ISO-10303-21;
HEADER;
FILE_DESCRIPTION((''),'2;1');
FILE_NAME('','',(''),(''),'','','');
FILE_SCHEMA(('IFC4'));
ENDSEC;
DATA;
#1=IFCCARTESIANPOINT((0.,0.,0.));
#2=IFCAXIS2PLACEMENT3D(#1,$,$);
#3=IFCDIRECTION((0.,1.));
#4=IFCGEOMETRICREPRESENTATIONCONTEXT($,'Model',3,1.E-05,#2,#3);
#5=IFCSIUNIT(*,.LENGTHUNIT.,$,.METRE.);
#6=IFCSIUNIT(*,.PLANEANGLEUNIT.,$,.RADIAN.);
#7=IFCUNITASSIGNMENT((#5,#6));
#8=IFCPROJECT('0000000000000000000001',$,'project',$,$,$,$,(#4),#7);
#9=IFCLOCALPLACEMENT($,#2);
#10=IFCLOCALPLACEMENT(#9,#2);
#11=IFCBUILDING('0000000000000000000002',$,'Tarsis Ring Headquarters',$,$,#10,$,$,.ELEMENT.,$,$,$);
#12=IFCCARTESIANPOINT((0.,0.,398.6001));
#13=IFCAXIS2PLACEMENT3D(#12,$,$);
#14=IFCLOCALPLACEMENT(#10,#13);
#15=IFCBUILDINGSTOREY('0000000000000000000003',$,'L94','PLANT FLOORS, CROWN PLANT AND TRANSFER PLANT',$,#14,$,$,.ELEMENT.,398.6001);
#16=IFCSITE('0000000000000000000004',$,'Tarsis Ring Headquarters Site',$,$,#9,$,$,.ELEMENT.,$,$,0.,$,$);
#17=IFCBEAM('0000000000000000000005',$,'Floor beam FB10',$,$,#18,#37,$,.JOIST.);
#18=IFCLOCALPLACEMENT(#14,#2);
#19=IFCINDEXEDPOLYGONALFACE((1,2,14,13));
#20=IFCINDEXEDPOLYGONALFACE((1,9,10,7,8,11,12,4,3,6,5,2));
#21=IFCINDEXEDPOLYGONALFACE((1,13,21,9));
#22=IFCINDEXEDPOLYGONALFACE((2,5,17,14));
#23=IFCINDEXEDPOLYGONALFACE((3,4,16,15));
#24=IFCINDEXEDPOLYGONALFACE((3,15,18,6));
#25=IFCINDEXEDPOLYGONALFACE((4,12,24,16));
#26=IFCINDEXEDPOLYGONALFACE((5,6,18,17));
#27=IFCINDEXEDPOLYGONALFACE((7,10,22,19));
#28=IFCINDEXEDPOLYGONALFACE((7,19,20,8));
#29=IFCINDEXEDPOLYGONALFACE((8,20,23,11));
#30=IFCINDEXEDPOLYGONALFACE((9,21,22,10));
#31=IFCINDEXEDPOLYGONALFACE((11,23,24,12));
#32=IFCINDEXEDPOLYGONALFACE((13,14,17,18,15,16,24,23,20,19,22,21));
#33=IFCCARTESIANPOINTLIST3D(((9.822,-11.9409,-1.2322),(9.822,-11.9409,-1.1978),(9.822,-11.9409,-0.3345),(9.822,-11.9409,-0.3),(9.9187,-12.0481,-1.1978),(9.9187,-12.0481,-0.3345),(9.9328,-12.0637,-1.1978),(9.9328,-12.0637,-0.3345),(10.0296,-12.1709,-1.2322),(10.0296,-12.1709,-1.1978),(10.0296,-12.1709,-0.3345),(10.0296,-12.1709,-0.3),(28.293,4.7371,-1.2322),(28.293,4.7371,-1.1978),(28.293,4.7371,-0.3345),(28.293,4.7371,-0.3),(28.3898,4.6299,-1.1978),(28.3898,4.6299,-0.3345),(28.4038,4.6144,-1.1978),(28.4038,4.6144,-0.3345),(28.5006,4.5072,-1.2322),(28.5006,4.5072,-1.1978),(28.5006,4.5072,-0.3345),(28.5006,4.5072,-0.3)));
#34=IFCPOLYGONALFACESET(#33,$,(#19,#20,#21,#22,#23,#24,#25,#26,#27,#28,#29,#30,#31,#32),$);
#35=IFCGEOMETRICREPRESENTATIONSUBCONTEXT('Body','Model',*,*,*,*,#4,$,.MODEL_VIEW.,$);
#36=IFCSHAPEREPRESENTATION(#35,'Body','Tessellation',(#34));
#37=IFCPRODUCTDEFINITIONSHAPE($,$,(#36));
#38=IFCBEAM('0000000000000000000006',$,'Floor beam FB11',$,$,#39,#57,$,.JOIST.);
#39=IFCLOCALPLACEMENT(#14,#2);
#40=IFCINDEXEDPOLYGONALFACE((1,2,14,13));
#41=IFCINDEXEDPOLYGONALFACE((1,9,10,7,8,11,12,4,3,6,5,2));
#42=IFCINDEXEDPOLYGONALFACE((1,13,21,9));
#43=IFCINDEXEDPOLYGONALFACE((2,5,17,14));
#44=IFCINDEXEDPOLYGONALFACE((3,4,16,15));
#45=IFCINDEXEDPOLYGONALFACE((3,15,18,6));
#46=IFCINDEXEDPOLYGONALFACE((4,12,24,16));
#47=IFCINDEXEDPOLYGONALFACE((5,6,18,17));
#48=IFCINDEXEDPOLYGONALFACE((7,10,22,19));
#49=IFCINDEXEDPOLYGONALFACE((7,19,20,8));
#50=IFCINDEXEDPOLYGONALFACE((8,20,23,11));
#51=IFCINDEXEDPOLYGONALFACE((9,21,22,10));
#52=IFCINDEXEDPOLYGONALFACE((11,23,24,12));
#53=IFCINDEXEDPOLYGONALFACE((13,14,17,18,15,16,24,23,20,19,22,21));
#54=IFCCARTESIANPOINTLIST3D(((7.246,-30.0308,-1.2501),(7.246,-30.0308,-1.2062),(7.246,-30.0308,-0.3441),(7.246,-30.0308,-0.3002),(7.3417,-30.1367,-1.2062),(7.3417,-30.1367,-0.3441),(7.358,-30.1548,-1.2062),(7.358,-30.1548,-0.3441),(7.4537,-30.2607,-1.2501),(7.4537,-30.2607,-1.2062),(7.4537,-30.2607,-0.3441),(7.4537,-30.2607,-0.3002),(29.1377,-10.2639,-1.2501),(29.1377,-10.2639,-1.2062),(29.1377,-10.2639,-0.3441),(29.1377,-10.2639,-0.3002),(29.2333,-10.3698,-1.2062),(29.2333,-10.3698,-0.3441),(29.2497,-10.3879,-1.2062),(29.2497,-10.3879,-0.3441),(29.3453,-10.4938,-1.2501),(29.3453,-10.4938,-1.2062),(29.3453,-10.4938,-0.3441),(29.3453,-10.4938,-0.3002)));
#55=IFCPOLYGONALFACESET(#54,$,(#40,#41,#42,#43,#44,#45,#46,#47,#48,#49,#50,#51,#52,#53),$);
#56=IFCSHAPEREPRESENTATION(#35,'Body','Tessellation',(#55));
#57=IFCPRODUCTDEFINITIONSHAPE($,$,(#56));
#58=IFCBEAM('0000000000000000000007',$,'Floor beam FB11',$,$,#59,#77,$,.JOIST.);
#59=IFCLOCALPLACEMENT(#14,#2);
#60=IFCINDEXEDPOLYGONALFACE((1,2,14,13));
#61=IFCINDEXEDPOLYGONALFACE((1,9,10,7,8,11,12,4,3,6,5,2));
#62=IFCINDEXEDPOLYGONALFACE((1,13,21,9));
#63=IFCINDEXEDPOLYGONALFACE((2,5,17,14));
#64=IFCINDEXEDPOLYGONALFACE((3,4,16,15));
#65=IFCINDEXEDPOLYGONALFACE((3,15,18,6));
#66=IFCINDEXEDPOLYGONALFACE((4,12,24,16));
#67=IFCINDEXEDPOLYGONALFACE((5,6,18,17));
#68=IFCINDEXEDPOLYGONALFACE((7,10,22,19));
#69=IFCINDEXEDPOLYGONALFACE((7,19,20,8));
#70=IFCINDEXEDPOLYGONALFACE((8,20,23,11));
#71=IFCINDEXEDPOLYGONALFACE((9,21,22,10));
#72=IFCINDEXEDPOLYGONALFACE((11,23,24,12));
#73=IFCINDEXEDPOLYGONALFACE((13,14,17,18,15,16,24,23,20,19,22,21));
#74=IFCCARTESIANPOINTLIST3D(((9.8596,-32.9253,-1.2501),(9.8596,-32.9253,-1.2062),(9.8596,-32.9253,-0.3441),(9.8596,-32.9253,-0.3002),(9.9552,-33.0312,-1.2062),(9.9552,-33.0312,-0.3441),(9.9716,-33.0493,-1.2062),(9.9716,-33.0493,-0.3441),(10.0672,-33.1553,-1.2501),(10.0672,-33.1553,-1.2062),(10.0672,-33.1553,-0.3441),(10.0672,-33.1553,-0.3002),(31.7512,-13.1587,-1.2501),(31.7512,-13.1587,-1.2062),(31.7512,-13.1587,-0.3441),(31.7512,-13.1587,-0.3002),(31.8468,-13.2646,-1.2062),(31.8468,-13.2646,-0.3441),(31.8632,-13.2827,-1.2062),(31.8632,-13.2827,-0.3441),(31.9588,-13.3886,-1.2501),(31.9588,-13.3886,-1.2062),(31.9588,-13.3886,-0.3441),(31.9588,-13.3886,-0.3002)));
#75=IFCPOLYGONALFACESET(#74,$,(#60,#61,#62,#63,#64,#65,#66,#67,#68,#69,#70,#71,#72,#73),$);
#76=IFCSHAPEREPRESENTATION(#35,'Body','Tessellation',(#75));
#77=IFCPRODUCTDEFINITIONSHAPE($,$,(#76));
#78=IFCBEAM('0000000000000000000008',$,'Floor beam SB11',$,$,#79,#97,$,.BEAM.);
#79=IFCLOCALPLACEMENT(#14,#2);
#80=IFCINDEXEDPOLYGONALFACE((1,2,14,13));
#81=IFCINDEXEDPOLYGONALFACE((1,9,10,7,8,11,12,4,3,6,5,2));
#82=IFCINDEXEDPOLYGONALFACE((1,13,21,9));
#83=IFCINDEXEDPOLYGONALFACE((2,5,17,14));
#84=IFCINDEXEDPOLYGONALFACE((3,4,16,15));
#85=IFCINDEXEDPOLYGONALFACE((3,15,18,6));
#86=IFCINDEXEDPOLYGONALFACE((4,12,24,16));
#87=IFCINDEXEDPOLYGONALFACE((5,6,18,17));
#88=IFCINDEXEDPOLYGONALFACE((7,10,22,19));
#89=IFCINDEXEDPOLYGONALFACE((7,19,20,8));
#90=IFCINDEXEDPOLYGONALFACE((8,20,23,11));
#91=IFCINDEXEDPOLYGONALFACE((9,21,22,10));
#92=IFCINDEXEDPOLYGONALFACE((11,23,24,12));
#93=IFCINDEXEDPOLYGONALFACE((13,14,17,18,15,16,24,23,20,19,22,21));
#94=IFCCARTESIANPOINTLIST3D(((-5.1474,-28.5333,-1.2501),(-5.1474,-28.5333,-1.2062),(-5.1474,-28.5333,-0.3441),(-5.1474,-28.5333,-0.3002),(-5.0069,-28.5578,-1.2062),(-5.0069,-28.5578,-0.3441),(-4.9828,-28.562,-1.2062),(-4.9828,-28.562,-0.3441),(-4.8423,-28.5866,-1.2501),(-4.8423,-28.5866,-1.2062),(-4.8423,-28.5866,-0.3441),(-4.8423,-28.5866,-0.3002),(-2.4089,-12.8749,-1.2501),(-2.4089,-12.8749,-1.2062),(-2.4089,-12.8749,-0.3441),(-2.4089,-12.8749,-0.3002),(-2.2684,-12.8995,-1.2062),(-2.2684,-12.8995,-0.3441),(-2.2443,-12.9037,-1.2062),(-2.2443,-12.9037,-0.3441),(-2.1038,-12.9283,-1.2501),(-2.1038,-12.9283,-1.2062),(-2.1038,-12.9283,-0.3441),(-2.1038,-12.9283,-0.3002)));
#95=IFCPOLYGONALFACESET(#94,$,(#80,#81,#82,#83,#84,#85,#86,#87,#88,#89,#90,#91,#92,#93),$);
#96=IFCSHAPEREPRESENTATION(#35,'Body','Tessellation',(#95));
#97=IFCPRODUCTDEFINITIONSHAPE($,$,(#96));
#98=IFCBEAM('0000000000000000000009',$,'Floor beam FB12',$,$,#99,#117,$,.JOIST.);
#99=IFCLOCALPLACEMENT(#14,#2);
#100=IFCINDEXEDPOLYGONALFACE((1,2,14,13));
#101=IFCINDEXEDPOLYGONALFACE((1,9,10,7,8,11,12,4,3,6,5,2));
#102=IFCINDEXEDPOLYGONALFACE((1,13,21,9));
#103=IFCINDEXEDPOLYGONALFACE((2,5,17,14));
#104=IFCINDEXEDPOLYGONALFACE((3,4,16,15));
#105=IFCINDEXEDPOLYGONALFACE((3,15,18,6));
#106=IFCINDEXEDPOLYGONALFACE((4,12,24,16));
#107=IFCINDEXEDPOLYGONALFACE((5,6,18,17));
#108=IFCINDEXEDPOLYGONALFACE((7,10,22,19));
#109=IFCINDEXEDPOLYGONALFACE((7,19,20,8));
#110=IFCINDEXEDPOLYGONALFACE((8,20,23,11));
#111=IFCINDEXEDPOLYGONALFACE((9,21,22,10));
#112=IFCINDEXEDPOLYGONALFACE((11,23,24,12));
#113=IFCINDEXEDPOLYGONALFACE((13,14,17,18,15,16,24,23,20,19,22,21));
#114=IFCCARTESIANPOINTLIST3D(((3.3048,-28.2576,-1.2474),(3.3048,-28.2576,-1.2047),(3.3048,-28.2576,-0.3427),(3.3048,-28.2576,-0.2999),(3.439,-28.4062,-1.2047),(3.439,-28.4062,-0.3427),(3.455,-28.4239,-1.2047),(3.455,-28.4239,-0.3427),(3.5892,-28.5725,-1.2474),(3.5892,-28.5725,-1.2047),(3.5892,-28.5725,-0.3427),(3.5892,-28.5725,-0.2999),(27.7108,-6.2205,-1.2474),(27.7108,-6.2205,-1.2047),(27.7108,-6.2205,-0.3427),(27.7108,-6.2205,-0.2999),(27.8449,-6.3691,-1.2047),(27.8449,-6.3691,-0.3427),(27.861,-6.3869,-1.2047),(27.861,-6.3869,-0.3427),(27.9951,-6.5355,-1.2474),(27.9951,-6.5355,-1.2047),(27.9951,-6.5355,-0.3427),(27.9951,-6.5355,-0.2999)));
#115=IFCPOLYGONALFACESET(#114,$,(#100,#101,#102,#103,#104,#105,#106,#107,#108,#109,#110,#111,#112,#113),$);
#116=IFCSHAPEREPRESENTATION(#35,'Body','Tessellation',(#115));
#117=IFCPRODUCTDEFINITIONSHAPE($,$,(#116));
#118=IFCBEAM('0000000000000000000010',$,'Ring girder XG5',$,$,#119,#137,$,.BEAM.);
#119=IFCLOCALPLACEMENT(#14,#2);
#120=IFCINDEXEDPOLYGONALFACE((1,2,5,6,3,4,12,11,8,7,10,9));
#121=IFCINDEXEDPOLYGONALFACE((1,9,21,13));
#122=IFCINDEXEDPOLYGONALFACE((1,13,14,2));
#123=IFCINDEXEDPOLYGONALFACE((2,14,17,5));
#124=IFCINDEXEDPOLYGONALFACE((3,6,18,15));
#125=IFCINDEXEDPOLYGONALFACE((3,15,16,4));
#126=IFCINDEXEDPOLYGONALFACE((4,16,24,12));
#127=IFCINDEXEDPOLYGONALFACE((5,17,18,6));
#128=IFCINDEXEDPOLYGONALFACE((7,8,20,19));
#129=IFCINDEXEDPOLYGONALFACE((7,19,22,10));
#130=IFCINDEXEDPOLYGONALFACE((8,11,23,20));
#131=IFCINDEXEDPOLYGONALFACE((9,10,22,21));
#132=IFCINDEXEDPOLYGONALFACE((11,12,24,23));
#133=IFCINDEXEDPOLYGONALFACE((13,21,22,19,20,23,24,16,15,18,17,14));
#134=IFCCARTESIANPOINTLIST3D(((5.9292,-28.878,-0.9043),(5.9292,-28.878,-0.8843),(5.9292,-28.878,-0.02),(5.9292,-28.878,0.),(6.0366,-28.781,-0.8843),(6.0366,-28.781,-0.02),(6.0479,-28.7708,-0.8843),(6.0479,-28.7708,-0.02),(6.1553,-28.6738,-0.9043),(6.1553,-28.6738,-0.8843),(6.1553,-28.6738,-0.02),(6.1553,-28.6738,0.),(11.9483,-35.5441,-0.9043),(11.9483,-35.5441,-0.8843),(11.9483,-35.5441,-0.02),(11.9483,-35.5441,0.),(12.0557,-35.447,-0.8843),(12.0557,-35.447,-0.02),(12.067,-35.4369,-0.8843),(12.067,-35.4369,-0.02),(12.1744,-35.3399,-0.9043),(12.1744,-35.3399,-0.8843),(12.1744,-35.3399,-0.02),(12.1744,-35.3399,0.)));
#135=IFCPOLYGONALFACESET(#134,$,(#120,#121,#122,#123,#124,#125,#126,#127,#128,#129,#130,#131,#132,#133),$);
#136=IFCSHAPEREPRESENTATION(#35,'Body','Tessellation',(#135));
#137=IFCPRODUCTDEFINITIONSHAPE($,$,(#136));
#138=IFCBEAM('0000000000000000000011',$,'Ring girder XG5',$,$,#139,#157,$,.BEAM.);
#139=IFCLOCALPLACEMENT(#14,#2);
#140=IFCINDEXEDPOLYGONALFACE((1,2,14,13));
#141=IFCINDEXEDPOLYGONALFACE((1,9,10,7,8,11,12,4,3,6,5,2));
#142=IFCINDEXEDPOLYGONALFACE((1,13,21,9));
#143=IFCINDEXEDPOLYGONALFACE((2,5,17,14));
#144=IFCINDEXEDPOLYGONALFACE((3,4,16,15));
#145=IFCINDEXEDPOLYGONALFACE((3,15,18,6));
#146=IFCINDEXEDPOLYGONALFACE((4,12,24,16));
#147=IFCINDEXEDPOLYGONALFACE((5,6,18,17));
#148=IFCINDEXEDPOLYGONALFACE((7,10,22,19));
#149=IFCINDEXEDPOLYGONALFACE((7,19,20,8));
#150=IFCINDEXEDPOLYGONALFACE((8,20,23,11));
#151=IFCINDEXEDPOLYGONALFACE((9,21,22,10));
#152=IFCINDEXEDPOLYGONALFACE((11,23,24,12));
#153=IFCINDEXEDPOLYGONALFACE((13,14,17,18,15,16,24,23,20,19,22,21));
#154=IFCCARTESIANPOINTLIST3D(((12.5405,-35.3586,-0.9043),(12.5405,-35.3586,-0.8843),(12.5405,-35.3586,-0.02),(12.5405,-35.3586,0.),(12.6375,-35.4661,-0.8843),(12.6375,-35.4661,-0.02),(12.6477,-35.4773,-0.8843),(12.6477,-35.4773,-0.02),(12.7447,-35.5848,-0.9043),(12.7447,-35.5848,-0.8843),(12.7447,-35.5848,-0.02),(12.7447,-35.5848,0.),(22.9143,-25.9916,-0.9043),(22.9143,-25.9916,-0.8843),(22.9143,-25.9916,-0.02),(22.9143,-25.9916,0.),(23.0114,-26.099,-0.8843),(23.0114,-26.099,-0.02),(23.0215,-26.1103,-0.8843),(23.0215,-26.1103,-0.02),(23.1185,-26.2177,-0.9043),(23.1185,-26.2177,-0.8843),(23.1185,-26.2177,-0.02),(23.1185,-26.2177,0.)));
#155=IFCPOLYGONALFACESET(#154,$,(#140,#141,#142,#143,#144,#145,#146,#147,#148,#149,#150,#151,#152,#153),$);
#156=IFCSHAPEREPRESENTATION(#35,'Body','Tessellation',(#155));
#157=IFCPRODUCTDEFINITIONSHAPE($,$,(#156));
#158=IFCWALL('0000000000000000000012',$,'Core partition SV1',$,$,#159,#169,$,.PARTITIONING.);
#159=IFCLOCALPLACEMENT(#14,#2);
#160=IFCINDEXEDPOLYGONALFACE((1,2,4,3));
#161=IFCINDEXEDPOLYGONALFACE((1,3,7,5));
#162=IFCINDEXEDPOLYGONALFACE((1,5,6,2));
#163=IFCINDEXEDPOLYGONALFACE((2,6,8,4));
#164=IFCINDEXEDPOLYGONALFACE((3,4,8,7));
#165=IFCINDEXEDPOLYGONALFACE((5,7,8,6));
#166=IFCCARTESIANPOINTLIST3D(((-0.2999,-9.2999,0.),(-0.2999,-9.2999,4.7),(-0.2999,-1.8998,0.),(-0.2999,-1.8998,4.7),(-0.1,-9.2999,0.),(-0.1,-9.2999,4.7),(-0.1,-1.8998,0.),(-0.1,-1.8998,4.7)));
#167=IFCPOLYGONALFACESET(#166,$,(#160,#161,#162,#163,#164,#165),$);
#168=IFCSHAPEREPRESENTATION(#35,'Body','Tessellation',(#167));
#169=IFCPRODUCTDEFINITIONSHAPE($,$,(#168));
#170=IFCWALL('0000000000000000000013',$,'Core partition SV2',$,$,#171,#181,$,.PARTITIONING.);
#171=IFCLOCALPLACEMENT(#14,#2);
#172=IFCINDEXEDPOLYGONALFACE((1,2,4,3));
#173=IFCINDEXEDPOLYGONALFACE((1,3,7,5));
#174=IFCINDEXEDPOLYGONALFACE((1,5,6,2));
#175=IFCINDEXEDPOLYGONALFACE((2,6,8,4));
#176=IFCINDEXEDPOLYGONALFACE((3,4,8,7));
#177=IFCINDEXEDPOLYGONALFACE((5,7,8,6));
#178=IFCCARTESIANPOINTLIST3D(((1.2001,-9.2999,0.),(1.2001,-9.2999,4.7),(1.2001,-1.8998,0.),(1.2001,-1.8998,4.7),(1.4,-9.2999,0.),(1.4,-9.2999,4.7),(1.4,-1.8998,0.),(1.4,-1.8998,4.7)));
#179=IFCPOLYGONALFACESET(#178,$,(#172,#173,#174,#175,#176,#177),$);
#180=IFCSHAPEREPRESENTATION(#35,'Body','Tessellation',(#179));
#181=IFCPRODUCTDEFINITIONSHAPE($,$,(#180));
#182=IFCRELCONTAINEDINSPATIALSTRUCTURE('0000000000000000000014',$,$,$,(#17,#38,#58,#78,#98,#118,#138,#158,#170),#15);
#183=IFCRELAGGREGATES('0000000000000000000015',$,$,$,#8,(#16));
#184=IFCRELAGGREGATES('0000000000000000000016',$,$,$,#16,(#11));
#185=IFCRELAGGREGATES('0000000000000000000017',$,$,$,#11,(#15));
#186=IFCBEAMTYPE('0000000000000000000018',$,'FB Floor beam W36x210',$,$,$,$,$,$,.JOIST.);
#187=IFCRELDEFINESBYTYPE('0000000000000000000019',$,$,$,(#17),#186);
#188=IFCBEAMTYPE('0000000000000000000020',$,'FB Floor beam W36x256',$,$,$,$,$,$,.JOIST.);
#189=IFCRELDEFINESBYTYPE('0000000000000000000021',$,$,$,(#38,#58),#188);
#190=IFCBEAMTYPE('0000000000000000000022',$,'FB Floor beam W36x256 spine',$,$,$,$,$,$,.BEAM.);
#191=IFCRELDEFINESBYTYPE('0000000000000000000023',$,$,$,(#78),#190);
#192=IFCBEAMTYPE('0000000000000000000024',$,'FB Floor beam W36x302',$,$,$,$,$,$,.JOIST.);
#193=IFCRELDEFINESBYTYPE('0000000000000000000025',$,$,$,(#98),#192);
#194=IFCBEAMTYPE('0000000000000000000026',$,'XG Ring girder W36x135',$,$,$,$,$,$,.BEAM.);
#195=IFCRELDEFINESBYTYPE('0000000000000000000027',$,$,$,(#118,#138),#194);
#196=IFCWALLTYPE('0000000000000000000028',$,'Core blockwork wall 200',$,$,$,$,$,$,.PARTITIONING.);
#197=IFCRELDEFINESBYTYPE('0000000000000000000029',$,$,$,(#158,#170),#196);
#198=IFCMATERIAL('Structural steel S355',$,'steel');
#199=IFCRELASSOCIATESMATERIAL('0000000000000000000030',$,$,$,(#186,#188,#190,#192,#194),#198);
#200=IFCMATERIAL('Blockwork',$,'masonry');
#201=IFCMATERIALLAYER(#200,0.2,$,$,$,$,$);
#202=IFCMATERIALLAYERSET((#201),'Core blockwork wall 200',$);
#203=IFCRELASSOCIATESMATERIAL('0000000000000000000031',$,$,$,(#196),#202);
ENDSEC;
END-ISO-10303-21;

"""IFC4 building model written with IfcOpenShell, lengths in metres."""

from ifc_helpers import new_model, si_unit, direction, frame, frame_2d, origin, origin_2d, place, context, subcontext, project, spatial, rectangle, i_section, extrude, material, layer, layer_set, material_profile, profile_set, type_object, element, save


model = new_model("IFC4")

# Units and contexts
model_context = context("Model", 3, precision=1e-05, world=origin(), true_north=direction((0.0, 1.0)))
body_context = subcontext(model_context, "Body", "Model", "MODEL_VIEW")
ifc_project = project(units=[si_unit("LENGTHUNIT", "METRE"), si_unit("PLANEANGLEUNIT", "RADIAN")], contexts=[model_context])

# Site, building, storey
site_placement = place(None, origin())
site = spatial("IfcSite", under=ifc_project, at=site_placement, Name="Tarsis Ring Headquarters Site", CompositionType="ELEMENT", RefElevation=0.0)
building_placement = place(site_placement, origin())
building = spatial("IfcBuilding", under=site, at=building_placement, Name="Tarsis Ring Headquarters", CompositionType="ELEMENT")
storey_placement = place(building_placement, frame((0.0, 0.0, 398.6001)))
storey = spatial("IfcBuildingStorey", under=building, at=storey_placement, Name="L94", Description="PLANT FLOORS, CROWN PLANT AND TRANSFER PLANT", CompositionType="ELEMENT", Elevation=398.6001)

# Shared definitions
ifc_material_1 = material(Name="Structural steel S355", Category="steel")

# Beams
ifc_material_profile_1 = material_profile(ifc_material_1, i_section(OverallWidth=0.3098, OverallDepth=0.9321, WebThickness=0.021, FlangeThickness=0.0344, at=origin_2d()), Name="W36x210")
ifc_profile_set_1 = profile_set([ifc_material_profile_1], Name="Structural steel S355")
beam_type_1 = type_object("IfcBeamType", Name="FB Floor beam W36x210", PredefinedType="JOIST", material=ifc_profile_set_1)
beam_1_placement = place(storey_placement, frame((9.9258, -12.0559, -0.7661), z_axis=(0.742212, 0.670165, 0.0), x_axis=(-0.670165, 0.742212, 0.0)))
element("IfcBeam", 1, at=beam_1_placement, inside=storey, type_object=beam_type_1, Name="Floor beam FB10", PredefinedType="JOIST", context=body_context, shape_type="SweptSolid", body=[
    extrude(i_section(OverallWidth=0.3098, OverallDepth=0.9321, WebThickness=0.021, FlangeThickness=0.0344, at=origin_2d()), origin(), (0.0, 0.0, 1.0), 24.8865),
])
ifc_material_profile_2 = material_profile(ifc_material_1, i_section(OverallWidth=0.3098, OverallDepth=0.95, WebThickness=0.0244, FlangeThickness=0.0439, at=origin_2d()), Name="W36x256")
ifc_profile_set_2 = profile_set([ifc_material_profile_2], Name="Structural steel S355")
beam_type_2 = type_object("IfcBeamType", Name="FB Floor beam W36x256", PredefinedType="JOIST", material=ifc_profile_set_2)
beam_2_placement = place(storey_placement, frame((7.3499, -30.1458, -0.7751), z_axis=(0.742207, 0.67017, 0.0), x_axis=(-0.67017, 0.742207, 0.0)))
element("IfcBeam", 2, at=beam_2_placement, inside=storey, type_object=beam_type_2, Name="Floor beam FB11", PredefinedType="JOIST", context=body_context, shape_type="SweptSolid", body=[
    extrude(i_section(OverallWidth=0.3098, OverallDepth=0.95, WebThickness=0.0244, FlangeThickness=0.0439, at=origin_2d()), origin(), (0.0, 0.0, 1.0), 29.4954),
])
beam_3_placement = place(storey_placement, frame((9.9634, -33.0403, -0.7751), z_axis=(0.742212, 0.670166, 0.0), x_axis=(-0.670166, 0.742212, 0.0)))
element("IfcBeam", 3, at=beam_3_placement, inside=storey, type_object=beam_type_2, Name="Floor beam FB11", PredefinedType="JOIST", context=body_context, shape_type="SweptSolid", body=[
    extrude(i_section(OverallWidth=0.3098, OverallDepth=0.95, WebThickness=0.0244, FlangeThickness=0.0439, at=origin_2d()), origin(), (0.0, 0.0, 1.0), 29.4951),
])
beam_type_3 = type_object("IfcBeamType", Name="FB Floor beam W36x256 spine", PredefinedType="BEAM", material=ifc_profile_set_2)
beam_4_placement = place(storey_placement, frame((-2.2563, -12.9016, -0.7751), z_axis=(-0.172276, -0.985049, 0.0), x_axis=(0.985049, -0.172276, 0.0)))
element("IfcBeam", 4, at=beam_4_placement, inside=storey, type_object=beam_type_3, Name="Floor beam SB11", PredefinedType="BEAM", context=body_context, shape_type="SweptSolid", body=[
    extrude(i_section(OverallWidth=0.3098, OverallDepth=0.95, WebThickness=0.0244, FlangeThickness=0.0439, at=origin_2d()), origin(), (0.0, 0.0, 1.0), 15.896),
])
ifc_material_profile_3 = material_profile(ifc_material_1, i_section(OverallWidth=0.4243, OverallDepth=0.9475, WebThickness=0.0239, FlangeThickness=0.0427, at=origin_2d()), Name="W36x302")
ifc_profile_set_3 = profile_set([ifc_material_profile_3], Name="Structural steel S355")
beam_type_4 = type_object("IfcBeamType", Name="FB Floor beam W36x302", PredefinedType="JOIST", material=ifc_profile_set_3)
beam_5_placement = place(storey_placement, frame((3.447, -28.415, -0.7737), z_axis=(0.742209, 0.670169, 0.0), x_axis=(-0.670169, 0.742209, 0.0)))
element("IfcBeam", 5, at=beam_5_placement, inside=storey, type_object=beam_type_4, Name="Floor beam FB12", PredefinedType="JOIST", context=body_context, shape_type="SweptSolid", body=[
    extrude(i_section(OverallWidth=0.4243, OverallDepth=0.9475, WebThickness=0.0239, FlangeThickness=0.0427, at=origin_2d()), origin(), (0.0, 0.0, 1.0), 32.8828),
])
ifc_material_profile_4 = material_profile(ifc_material_1, i_section(OverallWidth=0.3047, OverallDepth=0.9043, WebThickness=0.0151, FlangeThickness=0.02, at=origin_2d()), Name="W36x135")
ifc_profile_set_4 = profile_set([ifc_material_profile_4], Name="Structural steel S355")
beam_type_5 = type_object("IfcBeamType", Name="XG Ring girder W36x135", PredefinedType="BEAM", material=ifc_profile_set_4)
beam_6_placement = place(storey_placement, frame((6.0422, -28.7759, -0.4521), z_axis=(0.670171, -0.742206, 0.0), x_axis=(0.742206, 0.670171, 0.0)))
element("IfcBeam", 6, at=beam_6_placement, inside=storey, type_object=beam_type_5, Name="Ring girder XG5", PredefinedType="BEAM", context=body_context, shape_type="SweptSolid", body=[
    extrude(i_section(OverallWidth=0.3047, OverallDepth=0.9043, WebThickness=0.0151, FlangeThickness=0.02, at=origin_2d()), origin(), (0.0, 0.0, 1.0), 8.9814),
])
beam_7_placement = place(storey_placement, frame((12.6426, -35.4717, -0.4521), z_axis=(0.742207, 0.670171, 0.0), x_axis=(-0.670171, 0.742207, 0.0)))
element("IfcBeam", 7, at=beam_7_placement, inside=storey, type_object=beam_type_5, Name="Ring girder XG5", PredefinedType="BEAM", context=body_context, shape_type="SweptSolid", body=[
    extrude(i_section(OverallWidth=0.3047, OverallDepth=0.9043, WebThickness=0.0151, FlangeThickness=0.02, at=origin_2d()), origin(), (0.0, 0.0, 1.0), 13.9771),
])

# Walls
ifc_material_2 = material(Name="Blockwork", Category="masonry")
ifc_layer_1 = layer(ifc_material_2, 0.2)
ifc_layer_set_1 = layer_set([ifc_layer_1], Name="Core blockwork wall 200")
wall_type_1 = type_object("IfcWallType", Name="Core blockwork wall 200", PredefinedType="PARTITIONING", material=ifc_layer_set_1)
for number, where, z_axis, x_axis, name in (
    (8, (-0.2, -9.3, 0.0), (0.0, 0.0, 1.0), (0.0, 1.0, 0.0), "Core partition SV1"),
    (9, (1.3, -9.3, 0.0), (0.0, 0.0, 1.0), (0.0, 1.0, 0.0), "Core partition SV2"),
):
    element("IfcWall", number, at=place(storey_placement, frame(where, z_axis=z_axis, x_axis=x_axis)), inside=storey, type_object=wall_type_1, Name=name, PredefinedType="PARTITIONING", context=body_context, shape_type="SweptSolid", body=[
        extrude(rectangle(XDim=7.4001, YDim=0.2, at=frame_2d((3.7002, 0.0))), origin(), (0.0, 0.0, 1.0), 4.7),
    ])

save(model, "model.ifc")
